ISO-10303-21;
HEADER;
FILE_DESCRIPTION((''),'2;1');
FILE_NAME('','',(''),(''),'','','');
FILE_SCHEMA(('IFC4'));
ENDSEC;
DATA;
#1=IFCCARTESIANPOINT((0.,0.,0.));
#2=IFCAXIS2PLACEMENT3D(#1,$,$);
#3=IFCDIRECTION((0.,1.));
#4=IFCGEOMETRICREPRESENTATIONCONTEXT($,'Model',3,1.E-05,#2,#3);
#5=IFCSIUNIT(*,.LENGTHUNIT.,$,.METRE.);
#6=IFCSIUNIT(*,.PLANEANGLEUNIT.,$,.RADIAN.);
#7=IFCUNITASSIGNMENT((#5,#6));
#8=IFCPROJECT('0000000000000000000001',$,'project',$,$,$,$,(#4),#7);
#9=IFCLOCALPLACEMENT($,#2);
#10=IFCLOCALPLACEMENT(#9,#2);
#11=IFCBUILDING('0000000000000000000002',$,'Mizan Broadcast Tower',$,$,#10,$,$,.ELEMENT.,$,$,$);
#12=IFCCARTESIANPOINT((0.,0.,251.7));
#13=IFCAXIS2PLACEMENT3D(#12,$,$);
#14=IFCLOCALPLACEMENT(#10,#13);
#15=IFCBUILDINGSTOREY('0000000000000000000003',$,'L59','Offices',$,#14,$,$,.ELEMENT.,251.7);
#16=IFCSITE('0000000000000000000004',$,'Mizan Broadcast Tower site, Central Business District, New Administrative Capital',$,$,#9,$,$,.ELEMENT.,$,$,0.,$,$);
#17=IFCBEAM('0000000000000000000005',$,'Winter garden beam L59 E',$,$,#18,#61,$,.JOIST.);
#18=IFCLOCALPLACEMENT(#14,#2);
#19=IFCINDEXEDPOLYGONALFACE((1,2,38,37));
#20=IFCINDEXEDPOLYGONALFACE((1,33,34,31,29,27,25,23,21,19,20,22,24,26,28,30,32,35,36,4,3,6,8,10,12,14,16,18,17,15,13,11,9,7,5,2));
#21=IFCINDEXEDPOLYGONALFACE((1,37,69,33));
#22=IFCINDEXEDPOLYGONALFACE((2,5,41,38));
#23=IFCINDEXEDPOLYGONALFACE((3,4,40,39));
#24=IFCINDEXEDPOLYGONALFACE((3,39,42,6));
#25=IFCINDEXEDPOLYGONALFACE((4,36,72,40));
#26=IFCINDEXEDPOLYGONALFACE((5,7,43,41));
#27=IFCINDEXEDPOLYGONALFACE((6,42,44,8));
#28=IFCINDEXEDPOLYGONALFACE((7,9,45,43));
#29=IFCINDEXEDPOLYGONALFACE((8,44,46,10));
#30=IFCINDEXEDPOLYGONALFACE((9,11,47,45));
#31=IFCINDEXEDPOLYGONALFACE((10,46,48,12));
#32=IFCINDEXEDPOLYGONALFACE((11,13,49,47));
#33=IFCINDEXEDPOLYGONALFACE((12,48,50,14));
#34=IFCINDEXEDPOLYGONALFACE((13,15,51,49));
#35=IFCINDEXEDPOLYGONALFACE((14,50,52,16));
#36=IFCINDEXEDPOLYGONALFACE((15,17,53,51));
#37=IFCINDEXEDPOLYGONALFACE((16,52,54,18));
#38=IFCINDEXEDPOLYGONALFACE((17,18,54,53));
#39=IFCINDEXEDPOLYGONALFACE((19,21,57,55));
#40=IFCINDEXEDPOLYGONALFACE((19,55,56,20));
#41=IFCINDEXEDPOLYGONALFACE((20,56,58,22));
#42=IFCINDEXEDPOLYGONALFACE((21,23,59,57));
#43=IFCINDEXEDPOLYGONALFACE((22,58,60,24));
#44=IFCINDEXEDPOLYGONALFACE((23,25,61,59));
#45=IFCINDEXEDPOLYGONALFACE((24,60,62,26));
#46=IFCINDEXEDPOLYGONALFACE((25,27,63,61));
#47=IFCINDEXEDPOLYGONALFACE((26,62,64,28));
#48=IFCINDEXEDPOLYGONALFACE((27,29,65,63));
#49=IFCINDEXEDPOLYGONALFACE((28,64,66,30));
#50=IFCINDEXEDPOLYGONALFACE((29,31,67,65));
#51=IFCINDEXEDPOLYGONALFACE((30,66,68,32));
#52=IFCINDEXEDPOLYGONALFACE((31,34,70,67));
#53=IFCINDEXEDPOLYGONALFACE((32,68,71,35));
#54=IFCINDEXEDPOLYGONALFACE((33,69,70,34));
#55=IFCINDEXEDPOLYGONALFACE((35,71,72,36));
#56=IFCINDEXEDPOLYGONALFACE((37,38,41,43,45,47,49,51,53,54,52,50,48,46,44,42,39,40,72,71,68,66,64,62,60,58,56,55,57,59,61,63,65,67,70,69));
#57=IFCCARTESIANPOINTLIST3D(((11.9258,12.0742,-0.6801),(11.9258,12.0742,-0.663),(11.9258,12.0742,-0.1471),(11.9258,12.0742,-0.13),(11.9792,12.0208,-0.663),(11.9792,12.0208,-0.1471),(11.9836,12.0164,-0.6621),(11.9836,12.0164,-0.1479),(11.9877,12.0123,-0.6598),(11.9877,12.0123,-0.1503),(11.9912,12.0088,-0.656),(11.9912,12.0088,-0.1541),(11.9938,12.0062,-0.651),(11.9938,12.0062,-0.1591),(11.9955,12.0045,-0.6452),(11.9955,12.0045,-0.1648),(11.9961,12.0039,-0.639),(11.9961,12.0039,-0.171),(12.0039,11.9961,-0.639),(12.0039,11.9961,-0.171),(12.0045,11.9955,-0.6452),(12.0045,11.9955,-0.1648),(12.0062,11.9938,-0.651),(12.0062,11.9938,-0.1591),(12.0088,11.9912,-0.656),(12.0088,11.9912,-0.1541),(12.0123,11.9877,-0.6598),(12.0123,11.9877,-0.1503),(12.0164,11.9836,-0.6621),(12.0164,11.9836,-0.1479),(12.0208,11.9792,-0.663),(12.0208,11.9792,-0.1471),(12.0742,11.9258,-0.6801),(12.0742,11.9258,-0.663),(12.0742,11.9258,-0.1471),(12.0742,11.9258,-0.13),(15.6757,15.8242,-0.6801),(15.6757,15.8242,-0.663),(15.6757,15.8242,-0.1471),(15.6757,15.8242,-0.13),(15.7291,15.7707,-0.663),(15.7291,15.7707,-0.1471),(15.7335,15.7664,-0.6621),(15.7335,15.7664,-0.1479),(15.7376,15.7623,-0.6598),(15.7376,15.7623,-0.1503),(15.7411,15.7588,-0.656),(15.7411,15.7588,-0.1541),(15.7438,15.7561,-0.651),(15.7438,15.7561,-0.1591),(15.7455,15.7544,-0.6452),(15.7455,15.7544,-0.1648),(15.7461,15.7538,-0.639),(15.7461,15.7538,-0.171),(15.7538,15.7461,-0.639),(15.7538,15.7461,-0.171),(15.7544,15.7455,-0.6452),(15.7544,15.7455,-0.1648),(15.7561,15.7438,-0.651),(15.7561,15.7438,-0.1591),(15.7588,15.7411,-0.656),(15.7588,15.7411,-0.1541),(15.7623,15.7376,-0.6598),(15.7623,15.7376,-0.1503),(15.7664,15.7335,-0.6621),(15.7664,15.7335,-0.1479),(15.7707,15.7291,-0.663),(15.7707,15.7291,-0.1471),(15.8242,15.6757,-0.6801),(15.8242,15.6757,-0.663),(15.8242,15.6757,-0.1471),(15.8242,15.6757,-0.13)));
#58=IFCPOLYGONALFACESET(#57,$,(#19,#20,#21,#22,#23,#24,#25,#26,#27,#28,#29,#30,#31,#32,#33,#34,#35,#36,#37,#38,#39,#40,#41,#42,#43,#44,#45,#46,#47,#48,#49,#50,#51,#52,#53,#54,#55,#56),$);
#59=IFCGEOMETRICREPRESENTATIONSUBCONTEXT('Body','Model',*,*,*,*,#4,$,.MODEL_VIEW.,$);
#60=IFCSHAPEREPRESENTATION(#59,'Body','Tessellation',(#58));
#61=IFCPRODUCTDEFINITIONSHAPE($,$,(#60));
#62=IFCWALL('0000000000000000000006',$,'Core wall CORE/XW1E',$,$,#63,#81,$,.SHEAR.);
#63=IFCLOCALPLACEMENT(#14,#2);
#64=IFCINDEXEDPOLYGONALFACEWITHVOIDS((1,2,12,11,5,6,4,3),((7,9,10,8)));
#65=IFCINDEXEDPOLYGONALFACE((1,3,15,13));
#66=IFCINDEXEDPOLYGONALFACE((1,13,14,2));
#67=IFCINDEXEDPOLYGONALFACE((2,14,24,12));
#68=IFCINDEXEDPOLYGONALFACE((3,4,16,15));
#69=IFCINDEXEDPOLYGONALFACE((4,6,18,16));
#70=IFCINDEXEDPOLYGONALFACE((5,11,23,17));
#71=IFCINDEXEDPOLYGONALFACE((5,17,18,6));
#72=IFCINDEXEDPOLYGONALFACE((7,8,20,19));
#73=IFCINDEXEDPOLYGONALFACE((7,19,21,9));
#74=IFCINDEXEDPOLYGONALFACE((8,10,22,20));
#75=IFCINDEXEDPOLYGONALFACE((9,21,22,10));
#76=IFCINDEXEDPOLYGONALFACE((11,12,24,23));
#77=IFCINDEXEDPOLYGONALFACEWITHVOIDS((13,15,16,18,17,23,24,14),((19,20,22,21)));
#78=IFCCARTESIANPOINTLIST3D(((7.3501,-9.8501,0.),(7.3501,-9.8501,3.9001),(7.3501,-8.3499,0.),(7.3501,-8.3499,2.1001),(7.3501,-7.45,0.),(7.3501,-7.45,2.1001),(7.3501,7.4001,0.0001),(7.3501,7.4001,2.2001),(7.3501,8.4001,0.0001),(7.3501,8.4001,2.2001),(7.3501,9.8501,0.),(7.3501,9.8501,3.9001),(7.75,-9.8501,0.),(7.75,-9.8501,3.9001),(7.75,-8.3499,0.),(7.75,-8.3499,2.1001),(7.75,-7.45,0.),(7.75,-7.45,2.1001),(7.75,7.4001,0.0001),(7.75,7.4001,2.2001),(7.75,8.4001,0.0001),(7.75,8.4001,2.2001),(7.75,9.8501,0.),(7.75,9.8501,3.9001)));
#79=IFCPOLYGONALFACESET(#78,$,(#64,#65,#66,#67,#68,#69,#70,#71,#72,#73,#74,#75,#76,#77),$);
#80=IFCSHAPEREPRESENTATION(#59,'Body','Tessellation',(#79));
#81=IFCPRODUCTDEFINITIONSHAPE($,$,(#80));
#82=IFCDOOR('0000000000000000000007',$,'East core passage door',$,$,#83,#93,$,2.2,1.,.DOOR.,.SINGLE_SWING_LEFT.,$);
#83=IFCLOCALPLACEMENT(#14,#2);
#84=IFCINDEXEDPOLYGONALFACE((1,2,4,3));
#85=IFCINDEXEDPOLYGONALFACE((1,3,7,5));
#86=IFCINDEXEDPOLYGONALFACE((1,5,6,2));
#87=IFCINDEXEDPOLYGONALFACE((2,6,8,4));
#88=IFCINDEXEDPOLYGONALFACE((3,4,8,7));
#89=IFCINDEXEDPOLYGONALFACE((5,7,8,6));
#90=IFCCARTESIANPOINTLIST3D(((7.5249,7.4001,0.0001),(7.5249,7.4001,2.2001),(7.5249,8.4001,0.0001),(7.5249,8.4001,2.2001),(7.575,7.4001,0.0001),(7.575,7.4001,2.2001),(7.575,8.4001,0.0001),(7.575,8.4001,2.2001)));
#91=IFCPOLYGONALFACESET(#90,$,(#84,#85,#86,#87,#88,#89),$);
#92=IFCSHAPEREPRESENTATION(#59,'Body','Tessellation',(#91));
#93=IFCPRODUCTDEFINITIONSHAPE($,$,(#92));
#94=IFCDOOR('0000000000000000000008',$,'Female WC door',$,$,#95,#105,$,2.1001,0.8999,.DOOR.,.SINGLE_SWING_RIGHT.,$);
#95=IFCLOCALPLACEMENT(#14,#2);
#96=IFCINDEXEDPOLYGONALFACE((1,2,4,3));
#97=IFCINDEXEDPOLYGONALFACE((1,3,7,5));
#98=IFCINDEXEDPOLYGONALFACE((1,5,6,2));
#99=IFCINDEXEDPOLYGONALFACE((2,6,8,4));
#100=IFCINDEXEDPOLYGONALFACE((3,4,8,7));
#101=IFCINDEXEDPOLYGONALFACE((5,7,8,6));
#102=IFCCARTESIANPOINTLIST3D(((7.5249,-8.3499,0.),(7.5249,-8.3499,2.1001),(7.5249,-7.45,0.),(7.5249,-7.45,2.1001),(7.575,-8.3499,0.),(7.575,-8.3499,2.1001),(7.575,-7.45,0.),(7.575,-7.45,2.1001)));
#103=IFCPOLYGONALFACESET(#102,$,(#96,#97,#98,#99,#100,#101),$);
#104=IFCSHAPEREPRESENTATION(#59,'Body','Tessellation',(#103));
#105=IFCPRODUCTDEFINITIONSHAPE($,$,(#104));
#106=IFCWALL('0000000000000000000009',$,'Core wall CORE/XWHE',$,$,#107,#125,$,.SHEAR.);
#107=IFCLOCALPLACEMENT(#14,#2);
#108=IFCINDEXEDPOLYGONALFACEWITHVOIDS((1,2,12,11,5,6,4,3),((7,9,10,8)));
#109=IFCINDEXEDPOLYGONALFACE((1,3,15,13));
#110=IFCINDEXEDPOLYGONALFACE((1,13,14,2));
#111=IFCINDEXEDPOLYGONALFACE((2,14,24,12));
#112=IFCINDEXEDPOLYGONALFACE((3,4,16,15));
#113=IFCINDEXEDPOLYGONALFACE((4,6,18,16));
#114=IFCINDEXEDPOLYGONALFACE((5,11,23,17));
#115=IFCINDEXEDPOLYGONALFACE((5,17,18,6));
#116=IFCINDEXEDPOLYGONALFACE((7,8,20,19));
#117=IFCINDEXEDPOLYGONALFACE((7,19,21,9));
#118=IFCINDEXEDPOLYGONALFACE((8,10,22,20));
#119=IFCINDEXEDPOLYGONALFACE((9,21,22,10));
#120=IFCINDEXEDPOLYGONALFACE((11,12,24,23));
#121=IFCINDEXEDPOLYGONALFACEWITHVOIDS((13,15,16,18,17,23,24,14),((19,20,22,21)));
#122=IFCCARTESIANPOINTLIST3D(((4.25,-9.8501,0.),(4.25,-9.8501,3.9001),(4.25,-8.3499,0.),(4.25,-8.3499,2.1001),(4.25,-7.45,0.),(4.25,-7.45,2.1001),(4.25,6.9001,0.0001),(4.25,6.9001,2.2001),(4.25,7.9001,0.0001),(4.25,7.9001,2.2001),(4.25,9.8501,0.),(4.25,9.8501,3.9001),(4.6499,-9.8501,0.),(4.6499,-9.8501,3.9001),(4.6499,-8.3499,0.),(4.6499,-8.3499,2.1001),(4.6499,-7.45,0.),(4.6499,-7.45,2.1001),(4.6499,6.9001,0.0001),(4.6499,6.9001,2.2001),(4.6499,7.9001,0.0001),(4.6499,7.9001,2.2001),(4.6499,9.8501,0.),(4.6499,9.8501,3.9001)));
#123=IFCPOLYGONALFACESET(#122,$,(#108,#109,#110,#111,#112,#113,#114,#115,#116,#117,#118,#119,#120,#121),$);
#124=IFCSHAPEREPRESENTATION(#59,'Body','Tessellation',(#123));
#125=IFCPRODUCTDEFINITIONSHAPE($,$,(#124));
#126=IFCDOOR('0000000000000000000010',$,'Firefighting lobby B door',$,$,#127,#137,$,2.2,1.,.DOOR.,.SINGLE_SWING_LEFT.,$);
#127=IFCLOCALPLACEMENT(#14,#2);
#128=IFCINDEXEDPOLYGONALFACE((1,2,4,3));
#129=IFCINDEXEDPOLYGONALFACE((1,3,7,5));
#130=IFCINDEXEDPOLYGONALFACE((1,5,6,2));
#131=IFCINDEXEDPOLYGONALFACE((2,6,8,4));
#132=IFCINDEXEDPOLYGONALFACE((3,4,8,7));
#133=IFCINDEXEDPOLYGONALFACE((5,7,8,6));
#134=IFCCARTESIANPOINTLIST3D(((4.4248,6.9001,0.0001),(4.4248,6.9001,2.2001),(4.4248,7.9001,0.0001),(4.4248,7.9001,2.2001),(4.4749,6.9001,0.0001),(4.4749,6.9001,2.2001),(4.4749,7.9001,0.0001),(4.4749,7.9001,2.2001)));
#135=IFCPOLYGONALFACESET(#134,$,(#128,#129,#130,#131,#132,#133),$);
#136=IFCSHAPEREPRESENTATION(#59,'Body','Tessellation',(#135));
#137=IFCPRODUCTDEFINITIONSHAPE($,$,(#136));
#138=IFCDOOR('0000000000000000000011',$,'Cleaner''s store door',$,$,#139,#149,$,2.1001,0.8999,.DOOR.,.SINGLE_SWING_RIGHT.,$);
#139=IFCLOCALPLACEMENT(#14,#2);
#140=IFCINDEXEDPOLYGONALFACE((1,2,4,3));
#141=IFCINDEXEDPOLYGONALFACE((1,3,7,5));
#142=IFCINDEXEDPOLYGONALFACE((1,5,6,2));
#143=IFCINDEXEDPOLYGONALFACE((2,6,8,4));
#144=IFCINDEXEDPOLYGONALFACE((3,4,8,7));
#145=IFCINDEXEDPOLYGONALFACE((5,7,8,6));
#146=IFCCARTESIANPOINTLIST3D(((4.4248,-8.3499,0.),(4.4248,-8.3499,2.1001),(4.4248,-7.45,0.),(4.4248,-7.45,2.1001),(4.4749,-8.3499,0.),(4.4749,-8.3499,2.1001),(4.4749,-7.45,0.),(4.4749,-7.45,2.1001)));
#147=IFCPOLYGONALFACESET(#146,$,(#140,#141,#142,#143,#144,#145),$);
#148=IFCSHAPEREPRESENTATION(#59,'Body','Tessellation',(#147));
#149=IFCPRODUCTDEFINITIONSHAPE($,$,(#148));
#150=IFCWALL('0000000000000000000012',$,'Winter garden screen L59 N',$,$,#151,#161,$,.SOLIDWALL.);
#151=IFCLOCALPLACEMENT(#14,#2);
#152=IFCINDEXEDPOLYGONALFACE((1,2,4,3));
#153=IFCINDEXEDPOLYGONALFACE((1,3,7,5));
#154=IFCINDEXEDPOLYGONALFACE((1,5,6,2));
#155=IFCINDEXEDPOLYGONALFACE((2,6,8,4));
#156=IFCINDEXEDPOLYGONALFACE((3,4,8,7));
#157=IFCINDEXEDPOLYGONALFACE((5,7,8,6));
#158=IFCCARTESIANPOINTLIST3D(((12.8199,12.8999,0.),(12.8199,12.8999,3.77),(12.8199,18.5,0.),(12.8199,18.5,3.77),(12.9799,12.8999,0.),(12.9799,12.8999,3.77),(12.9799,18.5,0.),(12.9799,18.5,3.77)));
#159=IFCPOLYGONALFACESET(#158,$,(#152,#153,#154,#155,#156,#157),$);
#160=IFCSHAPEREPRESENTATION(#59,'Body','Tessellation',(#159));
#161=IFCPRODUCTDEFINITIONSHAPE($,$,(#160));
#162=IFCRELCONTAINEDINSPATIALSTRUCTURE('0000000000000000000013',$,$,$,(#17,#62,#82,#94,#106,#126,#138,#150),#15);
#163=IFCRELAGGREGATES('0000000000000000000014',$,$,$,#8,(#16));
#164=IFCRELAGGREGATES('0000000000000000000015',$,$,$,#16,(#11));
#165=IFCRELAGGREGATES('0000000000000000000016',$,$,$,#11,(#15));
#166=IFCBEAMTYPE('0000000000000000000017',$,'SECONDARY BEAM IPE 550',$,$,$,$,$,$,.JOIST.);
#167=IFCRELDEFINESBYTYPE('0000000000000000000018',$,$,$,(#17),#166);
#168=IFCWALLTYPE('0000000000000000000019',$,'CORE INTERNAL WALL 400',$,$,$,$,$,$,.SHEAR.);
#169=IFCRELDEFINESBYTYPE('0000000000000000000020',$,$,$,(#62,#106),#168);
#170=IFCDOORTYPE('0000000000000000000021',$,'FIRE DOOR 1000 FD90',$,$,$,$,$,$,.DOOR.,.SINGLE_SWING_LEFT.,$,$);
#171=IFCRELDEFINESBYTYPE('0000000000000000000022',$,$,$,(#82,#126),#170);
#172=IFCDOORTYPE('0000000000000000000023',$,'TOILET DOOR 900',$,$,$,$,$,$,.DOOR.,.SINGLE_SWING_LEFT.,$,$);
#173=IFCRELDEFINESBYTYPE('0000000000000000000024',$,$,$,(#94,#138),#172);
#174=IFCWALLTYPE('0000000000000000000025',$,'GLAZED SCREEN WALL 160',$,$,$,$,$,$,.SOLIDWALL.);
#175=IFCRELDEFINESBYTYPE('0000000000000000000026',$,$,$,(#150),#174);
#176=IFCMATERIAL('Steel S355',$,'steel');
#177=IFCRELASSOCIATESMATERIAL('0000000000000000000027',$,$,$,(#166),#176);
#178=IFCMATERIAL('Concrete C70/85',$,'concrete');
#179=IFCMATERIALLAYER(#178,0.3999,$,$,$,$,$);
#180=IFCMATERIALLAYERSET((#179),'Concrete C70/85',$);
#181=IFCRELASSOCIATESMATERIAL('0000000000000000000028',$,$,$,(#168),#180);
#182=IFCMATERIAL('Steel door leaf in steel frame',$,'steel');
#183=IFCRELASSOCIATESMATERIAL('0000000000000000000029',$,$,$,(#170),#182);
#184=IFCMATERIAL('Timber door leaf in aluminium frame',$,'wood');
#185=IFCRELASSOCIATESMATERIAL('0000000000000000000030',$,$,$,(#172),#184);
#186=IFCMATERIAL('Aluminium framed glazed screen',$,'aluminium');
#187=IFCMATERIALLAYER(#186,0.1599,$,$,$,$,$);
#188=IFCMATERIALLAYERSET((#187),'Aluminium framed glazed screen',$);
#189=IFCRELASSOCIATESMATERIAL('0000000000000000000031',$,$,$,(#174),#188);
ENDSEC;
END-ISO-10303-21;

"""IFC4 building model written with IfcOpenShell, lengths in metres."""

from ifc_helpers import new_model, si_unit, direction, frame, frame_2d, origin, origin_2d, place, context, subcontext, project, spatial, rectangle, i_section, extrude, material, layer, layer_set, material_profile, profile_set, type_object, element, fill, save


model = new_model("IFC4")

# Units and contexts
model_context = context("Model", 3, precision=1e-05, world=origin(), true_north=direction((0.0, 1.0)))
body_context = subcontext(model_context, "Body", "Model", "MODEL_VIEW")
ifc_project = project(units=[si_unit("LENGTHUNIT", "METRE"), si_unit("PLANEANGLEUNIT", "RADIAN")], contexts=[model_context])

# Site, building, storey
site_placement = place(None, origin())
site = spatial("IfcSite", under=ifc_project, at=site_placement, Name="Mizan Broadcast Tower site, Central Business District, New Administrative Capital", CompositionType="ELEMENT", RefElevation=0.0)
building_placement = place(site_placement, origin())
building = spatial("IfcBuilding", under=site, at=building_placement, Name="Mizan Broadcast Tower", CompositionType="ELEMENT")
storey_placement = place(building_placement, frame((0.0, 0.0, 251.7)))
storey = spatial("IfcBuildingStorey", under=building, at=storey_placement, Name="L59", Description="Offices", CompositionType="ELEMENT", Elevation=251.7)

# Beam
ifc_material_1 = material(Name="Steel S355", Category="steel")
ifc_material_profile_1 = material_profile(ifc_material_1, i_section(OverallWidth=0.21, OverallDepth=0.55, WebThickness=0.011, FlangeThickness=0.0171, FilletRadius=0.0239, at=origin_2d()), Name="IPE 550")
ifc_profile_set_1 = profile_set([ifc_material_profile_1], Name="Steel S355")
beam_type_1 = type_object("IfcBeamType", Name="SECONDARY BEAM IPE 550", PredefinedType="JOIST", material=ifc_profile_set_1)
beam_placement = place(storey_placement, frame((12.0, 12.0, -0.405), z_axis=(0.707107, 0.707107, 0.0), x_axis=(-0.707107, 0.707107, 0.0)))
element("IfcBeam", 1, at=beam_placement, inside=storey, type_object=beam_type_1, Name="Winter garden beam L59 E", PredefinedType="JOIST", context=body_context, shape_type="SweptSolid", body=[
    extrude(i_section(OverallWidth=0.21, OverallDepth=0.55, WebThickness=0.011, FlangeThickness=0.0171, FilletRadius=0.0239, at=origin_2d()), origin(), (0.0, 0.0, 1.0), 5.3032),
])

# Walls, openings, doors
ifc_material_2 = material(Name="Concrete C70/85", Category="concrete")
ifc_layer_1 = layer(ifc_material_2, 0.3999)
ifc_layer_set_1 = layer_set([ifc_layer_1], Name="Concrete C70/85")
wall_type_1 = type_object("IfcWallType", Name="CORE INTERNAL WALL 400", PredefinedType="SHEAR", material=ifc_layer_set_1)
wall_1_placement = place(storey_placement, frame((7.55, 9.8501, 0.0), z_axis=(0.0, 0.0, 1.0), x_axis=(0.0, -1.0, 0.0)))
wall_1 = element("IfcWall", 2, at=wall_1_placement, inside=storey, type_object=wall_type_1, Name="Core wall CORE/XW1E", PredefinedType="SHEAR", context=body_context, shape_type="SweptSolid", body=[
    extrude(rectangle(XDim=19.7002, YDim=0.3999, at=frame_2d((9.8501, 0.0))), origin(), (0.0, 0.0, 1.0), 3.9001),
])
opening_1_placement = place(wall_1_placement, frame((1.45, 0.0, 0.0)))
opening_1 = element("IfcOpeningElement", 3, at=opening_1_placement, cuts=wall_1, PredefinedType="OPENING", context=body_context, shape_type="SweptSolid", body=[
    extrude(rectangle(XDim=1.0, YDim=2.2, at=frame_2d((0.5, 1.1001))), frame((0.0, 0.21, 0.0), z_axis=(0.0, -1.0, 0.0), x_axis=(1.0, 0.0, 0.0)), (0.0, 0.0, 1.0), 0.4199),
])
opening_2_placement = place(wall_1_placement, frame((17.3, 0.0, 0.0)))
opening_2 = element("IfcOpeningElement", 4, at=opening_2_placement, cuts=wall_1, PredefinedType="OPENING", context=body_context, shape_type="SweptSolid", body=[
    extrude(rectangle(XDim=0.8999, YDim=2.1001, at=frame_2d((0.45, 1.05))), frame((0.0, 0.21, 0.0), z_axis=(0.0, -1.0, 0.0), x_axis=(1.0, 0.0, 0.0)), (0.0, 0.0, 1.0), 0.4199),
])
ifc_material_3 = material(Name="Steel door leaf in steel frame", Category="steel")
door_type_1 = type_object("IfcDoorType", Name="FIRE DOOR 1000 FD90", OperationType="SINGLE_SWING_LEFT", PredefinedType="DOOR", material=ifc_material_3)
door_1_placement = place(opening_1_placement, origin())
door_1 = element("IfcDoor", 5, at=door_1_placement, inside=storey, type_object=door_type_1, Name="East core passage door", OperationType="SINGLE_SWING_LEFT", OverallHeight=2.2, OverallWidth=1.0, PredefinedType="DOOR", context=body_context, shape_type="SweptSolid", body=[
    extrude(rectangle(XDim=1.0, YDim=2.2, at=frame_2d((0.5, 1.1001))), frame((0.0, 0.0249, 0.0), z_axis=(0.0, -1.0, 0.0), x_axis=(1.0, 0.0, 0.0)), (0.0, 0.0, 1.0), 0.05),
])
fill(opening_1, door_1)
ifc_material_4 = material(Name="Timber door leaf in aluminium frame", Category="wood")
door_type_2 = type_object("IfcDoorType", Name="TOILET DOOR 900", OperationType="SINGLE_SWING_LEFT", PredefinedType="DOOR", material=ifc_material_4)
door_2_placement = place(opening_2_placement, origin())
door_2 = element("IfcDoor", 6, at=door_2_placement, inside=storey, type_object=door_type_2, Name="Female WC door", OperationType="SINGLE_SWING_RIGHT", OverallHeight=2.1001, OverallWidth=0.8999, PredefinedType="DOOR", context=body_context, shape_type="SweptSolid", body=[
    extrude(rectangle(XDim=0.8999, YDim=2.1001, at=frame_2d((0.45, 1.05))), frame((0.0, 0.0249, 0.0), z_axis=(0.0, -1.0, 0.0), x_axis=(1.0, 0.0, 0.0)), (0.0, 0.0, 1.0), 0.05),
])
fill(opening_2, door_2)
wall_2_placement = place(storey_placement, frame((4.45, 9.8501, 0.0), z_axis=(0.0, 0.0, 1.0), x_axis=(0.0, -1.0, 0.0)))
wall_2 = element("IfcWall", 7, at=wall_2_placement, inside=storey, type_object=wall_type_1, Name="Core wall CORE/XWHE", PredefinedType="SHEAR", context=body_context, shape_type="SweptSolid", body=[
    extrude(rectangle(XDim=19.7002, YDim=0.3999, at=frame_2d((9.8501, 0.0))), origin(), (0.0, 0.0, 1.0), 3.9001),
])
opening_3_placement = place(wall_2_placement, frame((1.95, 0.0, 0.0)))
opening_3 = element("IfcOpeningElement", 8, at=opening_3_placement, cuts=wall_2, PredefinedType="OPENING", context=body_context, shape_type="SweptSolid", body=[
    extrude(rectangle(XDim=1.0, YDim=2.2, at=frame_2d((0.5, 1.1001))), frame((0.0, 0.21, 0.0), z_axis=(0.0, -1.0, 0.0), x_axis=(1.0, 0.0, 0.0)), (0.0, 0.0, 1.0), 0.4199),
])
opening_4_placement = place(wall_2_placement, frame((17.3, 0.0, 0.0)))
opening_4 = element("IfcOpeningElement", 9, at=opening_4_placement, cuts=wall_2, PredefinedType="OPENING", context=body_context, shape_type="SweptSolid", body=[
    extrude(rectangle(XDim=0.8999, YDim=2.1001, at=frame_2d((0.45, 1.05))), frame((0.0, 0.21, 0.0), z_axis=(0.0, -1.0, 0.0), x_axis=(1.0, 0.0, 0.0)), (0.0, 0.0, 1.0), 0.4199),
])
door_3_placement = place(opening_3_placement, origin())
door_3 = element("IfcDoor", 10, at=door_3_placement, inside=storey, type_object=door_type_1, Name="Firefighting lobby B door", OperationType="SINGLE_SWING_LEFT", OverallHeight=2.2, OverallWidth=1.0, PredefinedType="DOOR", context=body_context, shape_type="SweptSolid", body=[
    extrude(rectangle(XDim=1.0, YDim=2.2, at=frame_2d((0.5, 1.1001))), frame((0.0, 0.0249, 0.0), z_axis=(0.0, -1.0, 0.0), x_axis=(1.0, 0.0, 0.0)), (0.0, 0.0, 1.0), 0.05),
])
fill(opening_3, door_3)
door_4_placement = place(opening_4_placement, origin())
door_4 = element("IfcDoor", 11, at=door_4_placement, inside=storey, type_object=door_type_2, Name="Cleaner's store door", OperationType="SINGLE_SWING_RIGHT", OverallHeight=2.1001, OverallWidth=0.8999, PredefinedType="DOOR", context=body_context, shape_type="SweptSolid", body=[
    extrude(rectangle(XDim=0.8999, YDim=2.1001, at=frame_2d((0.45, 1.05))), frame((0.0, 0.0249, 0.0), z_axis=(0.0, -1.0, 0.0), x_axis=(1.0, 0.0, 0.0)), (0.0, 0.0, 1.0), 0.05),
])
fill(opening_4, door_4)

# Wall
ifc_material_5 = material(Name="Aluminium framed glazed screen", Category="aluminium")
ifc_layer_2 = layer(ifc_material_5, 0.1599)
ifc_layer_set_2 = layer_set([ifc_layer_2], Name="Aluminium framed glazed screen")
wall_type_2 = type_object("IfcWallType", Name="GLAZED SCREEN WALL 160", PredefinedType="SOLIDWALL", material=ifc_layer_set_2)
wall_3_placement = place(storey_placement, frame((12.8999, 12.8999, 0.0), z_axis=(0.0, 0.0, 1.0), x_axis=(0.0, 1.0, 0.0)))
element("IfcWall", 12, at=wall_3_placement, inside=storey, type_object=wall_type_2, Name="Winter garden screen L59 N", PredefinedType="SOLIDWALL", context=body_context, shape_type="SweptSolid", body=[
    extrude(rectangle(XDim=5.6001, YDim=0.1599, at=frame_2d((2.8, 0.0))), origin(), (0.0, 0.0, 1.0), 3.77),
])

save(model, "model.ifc")
